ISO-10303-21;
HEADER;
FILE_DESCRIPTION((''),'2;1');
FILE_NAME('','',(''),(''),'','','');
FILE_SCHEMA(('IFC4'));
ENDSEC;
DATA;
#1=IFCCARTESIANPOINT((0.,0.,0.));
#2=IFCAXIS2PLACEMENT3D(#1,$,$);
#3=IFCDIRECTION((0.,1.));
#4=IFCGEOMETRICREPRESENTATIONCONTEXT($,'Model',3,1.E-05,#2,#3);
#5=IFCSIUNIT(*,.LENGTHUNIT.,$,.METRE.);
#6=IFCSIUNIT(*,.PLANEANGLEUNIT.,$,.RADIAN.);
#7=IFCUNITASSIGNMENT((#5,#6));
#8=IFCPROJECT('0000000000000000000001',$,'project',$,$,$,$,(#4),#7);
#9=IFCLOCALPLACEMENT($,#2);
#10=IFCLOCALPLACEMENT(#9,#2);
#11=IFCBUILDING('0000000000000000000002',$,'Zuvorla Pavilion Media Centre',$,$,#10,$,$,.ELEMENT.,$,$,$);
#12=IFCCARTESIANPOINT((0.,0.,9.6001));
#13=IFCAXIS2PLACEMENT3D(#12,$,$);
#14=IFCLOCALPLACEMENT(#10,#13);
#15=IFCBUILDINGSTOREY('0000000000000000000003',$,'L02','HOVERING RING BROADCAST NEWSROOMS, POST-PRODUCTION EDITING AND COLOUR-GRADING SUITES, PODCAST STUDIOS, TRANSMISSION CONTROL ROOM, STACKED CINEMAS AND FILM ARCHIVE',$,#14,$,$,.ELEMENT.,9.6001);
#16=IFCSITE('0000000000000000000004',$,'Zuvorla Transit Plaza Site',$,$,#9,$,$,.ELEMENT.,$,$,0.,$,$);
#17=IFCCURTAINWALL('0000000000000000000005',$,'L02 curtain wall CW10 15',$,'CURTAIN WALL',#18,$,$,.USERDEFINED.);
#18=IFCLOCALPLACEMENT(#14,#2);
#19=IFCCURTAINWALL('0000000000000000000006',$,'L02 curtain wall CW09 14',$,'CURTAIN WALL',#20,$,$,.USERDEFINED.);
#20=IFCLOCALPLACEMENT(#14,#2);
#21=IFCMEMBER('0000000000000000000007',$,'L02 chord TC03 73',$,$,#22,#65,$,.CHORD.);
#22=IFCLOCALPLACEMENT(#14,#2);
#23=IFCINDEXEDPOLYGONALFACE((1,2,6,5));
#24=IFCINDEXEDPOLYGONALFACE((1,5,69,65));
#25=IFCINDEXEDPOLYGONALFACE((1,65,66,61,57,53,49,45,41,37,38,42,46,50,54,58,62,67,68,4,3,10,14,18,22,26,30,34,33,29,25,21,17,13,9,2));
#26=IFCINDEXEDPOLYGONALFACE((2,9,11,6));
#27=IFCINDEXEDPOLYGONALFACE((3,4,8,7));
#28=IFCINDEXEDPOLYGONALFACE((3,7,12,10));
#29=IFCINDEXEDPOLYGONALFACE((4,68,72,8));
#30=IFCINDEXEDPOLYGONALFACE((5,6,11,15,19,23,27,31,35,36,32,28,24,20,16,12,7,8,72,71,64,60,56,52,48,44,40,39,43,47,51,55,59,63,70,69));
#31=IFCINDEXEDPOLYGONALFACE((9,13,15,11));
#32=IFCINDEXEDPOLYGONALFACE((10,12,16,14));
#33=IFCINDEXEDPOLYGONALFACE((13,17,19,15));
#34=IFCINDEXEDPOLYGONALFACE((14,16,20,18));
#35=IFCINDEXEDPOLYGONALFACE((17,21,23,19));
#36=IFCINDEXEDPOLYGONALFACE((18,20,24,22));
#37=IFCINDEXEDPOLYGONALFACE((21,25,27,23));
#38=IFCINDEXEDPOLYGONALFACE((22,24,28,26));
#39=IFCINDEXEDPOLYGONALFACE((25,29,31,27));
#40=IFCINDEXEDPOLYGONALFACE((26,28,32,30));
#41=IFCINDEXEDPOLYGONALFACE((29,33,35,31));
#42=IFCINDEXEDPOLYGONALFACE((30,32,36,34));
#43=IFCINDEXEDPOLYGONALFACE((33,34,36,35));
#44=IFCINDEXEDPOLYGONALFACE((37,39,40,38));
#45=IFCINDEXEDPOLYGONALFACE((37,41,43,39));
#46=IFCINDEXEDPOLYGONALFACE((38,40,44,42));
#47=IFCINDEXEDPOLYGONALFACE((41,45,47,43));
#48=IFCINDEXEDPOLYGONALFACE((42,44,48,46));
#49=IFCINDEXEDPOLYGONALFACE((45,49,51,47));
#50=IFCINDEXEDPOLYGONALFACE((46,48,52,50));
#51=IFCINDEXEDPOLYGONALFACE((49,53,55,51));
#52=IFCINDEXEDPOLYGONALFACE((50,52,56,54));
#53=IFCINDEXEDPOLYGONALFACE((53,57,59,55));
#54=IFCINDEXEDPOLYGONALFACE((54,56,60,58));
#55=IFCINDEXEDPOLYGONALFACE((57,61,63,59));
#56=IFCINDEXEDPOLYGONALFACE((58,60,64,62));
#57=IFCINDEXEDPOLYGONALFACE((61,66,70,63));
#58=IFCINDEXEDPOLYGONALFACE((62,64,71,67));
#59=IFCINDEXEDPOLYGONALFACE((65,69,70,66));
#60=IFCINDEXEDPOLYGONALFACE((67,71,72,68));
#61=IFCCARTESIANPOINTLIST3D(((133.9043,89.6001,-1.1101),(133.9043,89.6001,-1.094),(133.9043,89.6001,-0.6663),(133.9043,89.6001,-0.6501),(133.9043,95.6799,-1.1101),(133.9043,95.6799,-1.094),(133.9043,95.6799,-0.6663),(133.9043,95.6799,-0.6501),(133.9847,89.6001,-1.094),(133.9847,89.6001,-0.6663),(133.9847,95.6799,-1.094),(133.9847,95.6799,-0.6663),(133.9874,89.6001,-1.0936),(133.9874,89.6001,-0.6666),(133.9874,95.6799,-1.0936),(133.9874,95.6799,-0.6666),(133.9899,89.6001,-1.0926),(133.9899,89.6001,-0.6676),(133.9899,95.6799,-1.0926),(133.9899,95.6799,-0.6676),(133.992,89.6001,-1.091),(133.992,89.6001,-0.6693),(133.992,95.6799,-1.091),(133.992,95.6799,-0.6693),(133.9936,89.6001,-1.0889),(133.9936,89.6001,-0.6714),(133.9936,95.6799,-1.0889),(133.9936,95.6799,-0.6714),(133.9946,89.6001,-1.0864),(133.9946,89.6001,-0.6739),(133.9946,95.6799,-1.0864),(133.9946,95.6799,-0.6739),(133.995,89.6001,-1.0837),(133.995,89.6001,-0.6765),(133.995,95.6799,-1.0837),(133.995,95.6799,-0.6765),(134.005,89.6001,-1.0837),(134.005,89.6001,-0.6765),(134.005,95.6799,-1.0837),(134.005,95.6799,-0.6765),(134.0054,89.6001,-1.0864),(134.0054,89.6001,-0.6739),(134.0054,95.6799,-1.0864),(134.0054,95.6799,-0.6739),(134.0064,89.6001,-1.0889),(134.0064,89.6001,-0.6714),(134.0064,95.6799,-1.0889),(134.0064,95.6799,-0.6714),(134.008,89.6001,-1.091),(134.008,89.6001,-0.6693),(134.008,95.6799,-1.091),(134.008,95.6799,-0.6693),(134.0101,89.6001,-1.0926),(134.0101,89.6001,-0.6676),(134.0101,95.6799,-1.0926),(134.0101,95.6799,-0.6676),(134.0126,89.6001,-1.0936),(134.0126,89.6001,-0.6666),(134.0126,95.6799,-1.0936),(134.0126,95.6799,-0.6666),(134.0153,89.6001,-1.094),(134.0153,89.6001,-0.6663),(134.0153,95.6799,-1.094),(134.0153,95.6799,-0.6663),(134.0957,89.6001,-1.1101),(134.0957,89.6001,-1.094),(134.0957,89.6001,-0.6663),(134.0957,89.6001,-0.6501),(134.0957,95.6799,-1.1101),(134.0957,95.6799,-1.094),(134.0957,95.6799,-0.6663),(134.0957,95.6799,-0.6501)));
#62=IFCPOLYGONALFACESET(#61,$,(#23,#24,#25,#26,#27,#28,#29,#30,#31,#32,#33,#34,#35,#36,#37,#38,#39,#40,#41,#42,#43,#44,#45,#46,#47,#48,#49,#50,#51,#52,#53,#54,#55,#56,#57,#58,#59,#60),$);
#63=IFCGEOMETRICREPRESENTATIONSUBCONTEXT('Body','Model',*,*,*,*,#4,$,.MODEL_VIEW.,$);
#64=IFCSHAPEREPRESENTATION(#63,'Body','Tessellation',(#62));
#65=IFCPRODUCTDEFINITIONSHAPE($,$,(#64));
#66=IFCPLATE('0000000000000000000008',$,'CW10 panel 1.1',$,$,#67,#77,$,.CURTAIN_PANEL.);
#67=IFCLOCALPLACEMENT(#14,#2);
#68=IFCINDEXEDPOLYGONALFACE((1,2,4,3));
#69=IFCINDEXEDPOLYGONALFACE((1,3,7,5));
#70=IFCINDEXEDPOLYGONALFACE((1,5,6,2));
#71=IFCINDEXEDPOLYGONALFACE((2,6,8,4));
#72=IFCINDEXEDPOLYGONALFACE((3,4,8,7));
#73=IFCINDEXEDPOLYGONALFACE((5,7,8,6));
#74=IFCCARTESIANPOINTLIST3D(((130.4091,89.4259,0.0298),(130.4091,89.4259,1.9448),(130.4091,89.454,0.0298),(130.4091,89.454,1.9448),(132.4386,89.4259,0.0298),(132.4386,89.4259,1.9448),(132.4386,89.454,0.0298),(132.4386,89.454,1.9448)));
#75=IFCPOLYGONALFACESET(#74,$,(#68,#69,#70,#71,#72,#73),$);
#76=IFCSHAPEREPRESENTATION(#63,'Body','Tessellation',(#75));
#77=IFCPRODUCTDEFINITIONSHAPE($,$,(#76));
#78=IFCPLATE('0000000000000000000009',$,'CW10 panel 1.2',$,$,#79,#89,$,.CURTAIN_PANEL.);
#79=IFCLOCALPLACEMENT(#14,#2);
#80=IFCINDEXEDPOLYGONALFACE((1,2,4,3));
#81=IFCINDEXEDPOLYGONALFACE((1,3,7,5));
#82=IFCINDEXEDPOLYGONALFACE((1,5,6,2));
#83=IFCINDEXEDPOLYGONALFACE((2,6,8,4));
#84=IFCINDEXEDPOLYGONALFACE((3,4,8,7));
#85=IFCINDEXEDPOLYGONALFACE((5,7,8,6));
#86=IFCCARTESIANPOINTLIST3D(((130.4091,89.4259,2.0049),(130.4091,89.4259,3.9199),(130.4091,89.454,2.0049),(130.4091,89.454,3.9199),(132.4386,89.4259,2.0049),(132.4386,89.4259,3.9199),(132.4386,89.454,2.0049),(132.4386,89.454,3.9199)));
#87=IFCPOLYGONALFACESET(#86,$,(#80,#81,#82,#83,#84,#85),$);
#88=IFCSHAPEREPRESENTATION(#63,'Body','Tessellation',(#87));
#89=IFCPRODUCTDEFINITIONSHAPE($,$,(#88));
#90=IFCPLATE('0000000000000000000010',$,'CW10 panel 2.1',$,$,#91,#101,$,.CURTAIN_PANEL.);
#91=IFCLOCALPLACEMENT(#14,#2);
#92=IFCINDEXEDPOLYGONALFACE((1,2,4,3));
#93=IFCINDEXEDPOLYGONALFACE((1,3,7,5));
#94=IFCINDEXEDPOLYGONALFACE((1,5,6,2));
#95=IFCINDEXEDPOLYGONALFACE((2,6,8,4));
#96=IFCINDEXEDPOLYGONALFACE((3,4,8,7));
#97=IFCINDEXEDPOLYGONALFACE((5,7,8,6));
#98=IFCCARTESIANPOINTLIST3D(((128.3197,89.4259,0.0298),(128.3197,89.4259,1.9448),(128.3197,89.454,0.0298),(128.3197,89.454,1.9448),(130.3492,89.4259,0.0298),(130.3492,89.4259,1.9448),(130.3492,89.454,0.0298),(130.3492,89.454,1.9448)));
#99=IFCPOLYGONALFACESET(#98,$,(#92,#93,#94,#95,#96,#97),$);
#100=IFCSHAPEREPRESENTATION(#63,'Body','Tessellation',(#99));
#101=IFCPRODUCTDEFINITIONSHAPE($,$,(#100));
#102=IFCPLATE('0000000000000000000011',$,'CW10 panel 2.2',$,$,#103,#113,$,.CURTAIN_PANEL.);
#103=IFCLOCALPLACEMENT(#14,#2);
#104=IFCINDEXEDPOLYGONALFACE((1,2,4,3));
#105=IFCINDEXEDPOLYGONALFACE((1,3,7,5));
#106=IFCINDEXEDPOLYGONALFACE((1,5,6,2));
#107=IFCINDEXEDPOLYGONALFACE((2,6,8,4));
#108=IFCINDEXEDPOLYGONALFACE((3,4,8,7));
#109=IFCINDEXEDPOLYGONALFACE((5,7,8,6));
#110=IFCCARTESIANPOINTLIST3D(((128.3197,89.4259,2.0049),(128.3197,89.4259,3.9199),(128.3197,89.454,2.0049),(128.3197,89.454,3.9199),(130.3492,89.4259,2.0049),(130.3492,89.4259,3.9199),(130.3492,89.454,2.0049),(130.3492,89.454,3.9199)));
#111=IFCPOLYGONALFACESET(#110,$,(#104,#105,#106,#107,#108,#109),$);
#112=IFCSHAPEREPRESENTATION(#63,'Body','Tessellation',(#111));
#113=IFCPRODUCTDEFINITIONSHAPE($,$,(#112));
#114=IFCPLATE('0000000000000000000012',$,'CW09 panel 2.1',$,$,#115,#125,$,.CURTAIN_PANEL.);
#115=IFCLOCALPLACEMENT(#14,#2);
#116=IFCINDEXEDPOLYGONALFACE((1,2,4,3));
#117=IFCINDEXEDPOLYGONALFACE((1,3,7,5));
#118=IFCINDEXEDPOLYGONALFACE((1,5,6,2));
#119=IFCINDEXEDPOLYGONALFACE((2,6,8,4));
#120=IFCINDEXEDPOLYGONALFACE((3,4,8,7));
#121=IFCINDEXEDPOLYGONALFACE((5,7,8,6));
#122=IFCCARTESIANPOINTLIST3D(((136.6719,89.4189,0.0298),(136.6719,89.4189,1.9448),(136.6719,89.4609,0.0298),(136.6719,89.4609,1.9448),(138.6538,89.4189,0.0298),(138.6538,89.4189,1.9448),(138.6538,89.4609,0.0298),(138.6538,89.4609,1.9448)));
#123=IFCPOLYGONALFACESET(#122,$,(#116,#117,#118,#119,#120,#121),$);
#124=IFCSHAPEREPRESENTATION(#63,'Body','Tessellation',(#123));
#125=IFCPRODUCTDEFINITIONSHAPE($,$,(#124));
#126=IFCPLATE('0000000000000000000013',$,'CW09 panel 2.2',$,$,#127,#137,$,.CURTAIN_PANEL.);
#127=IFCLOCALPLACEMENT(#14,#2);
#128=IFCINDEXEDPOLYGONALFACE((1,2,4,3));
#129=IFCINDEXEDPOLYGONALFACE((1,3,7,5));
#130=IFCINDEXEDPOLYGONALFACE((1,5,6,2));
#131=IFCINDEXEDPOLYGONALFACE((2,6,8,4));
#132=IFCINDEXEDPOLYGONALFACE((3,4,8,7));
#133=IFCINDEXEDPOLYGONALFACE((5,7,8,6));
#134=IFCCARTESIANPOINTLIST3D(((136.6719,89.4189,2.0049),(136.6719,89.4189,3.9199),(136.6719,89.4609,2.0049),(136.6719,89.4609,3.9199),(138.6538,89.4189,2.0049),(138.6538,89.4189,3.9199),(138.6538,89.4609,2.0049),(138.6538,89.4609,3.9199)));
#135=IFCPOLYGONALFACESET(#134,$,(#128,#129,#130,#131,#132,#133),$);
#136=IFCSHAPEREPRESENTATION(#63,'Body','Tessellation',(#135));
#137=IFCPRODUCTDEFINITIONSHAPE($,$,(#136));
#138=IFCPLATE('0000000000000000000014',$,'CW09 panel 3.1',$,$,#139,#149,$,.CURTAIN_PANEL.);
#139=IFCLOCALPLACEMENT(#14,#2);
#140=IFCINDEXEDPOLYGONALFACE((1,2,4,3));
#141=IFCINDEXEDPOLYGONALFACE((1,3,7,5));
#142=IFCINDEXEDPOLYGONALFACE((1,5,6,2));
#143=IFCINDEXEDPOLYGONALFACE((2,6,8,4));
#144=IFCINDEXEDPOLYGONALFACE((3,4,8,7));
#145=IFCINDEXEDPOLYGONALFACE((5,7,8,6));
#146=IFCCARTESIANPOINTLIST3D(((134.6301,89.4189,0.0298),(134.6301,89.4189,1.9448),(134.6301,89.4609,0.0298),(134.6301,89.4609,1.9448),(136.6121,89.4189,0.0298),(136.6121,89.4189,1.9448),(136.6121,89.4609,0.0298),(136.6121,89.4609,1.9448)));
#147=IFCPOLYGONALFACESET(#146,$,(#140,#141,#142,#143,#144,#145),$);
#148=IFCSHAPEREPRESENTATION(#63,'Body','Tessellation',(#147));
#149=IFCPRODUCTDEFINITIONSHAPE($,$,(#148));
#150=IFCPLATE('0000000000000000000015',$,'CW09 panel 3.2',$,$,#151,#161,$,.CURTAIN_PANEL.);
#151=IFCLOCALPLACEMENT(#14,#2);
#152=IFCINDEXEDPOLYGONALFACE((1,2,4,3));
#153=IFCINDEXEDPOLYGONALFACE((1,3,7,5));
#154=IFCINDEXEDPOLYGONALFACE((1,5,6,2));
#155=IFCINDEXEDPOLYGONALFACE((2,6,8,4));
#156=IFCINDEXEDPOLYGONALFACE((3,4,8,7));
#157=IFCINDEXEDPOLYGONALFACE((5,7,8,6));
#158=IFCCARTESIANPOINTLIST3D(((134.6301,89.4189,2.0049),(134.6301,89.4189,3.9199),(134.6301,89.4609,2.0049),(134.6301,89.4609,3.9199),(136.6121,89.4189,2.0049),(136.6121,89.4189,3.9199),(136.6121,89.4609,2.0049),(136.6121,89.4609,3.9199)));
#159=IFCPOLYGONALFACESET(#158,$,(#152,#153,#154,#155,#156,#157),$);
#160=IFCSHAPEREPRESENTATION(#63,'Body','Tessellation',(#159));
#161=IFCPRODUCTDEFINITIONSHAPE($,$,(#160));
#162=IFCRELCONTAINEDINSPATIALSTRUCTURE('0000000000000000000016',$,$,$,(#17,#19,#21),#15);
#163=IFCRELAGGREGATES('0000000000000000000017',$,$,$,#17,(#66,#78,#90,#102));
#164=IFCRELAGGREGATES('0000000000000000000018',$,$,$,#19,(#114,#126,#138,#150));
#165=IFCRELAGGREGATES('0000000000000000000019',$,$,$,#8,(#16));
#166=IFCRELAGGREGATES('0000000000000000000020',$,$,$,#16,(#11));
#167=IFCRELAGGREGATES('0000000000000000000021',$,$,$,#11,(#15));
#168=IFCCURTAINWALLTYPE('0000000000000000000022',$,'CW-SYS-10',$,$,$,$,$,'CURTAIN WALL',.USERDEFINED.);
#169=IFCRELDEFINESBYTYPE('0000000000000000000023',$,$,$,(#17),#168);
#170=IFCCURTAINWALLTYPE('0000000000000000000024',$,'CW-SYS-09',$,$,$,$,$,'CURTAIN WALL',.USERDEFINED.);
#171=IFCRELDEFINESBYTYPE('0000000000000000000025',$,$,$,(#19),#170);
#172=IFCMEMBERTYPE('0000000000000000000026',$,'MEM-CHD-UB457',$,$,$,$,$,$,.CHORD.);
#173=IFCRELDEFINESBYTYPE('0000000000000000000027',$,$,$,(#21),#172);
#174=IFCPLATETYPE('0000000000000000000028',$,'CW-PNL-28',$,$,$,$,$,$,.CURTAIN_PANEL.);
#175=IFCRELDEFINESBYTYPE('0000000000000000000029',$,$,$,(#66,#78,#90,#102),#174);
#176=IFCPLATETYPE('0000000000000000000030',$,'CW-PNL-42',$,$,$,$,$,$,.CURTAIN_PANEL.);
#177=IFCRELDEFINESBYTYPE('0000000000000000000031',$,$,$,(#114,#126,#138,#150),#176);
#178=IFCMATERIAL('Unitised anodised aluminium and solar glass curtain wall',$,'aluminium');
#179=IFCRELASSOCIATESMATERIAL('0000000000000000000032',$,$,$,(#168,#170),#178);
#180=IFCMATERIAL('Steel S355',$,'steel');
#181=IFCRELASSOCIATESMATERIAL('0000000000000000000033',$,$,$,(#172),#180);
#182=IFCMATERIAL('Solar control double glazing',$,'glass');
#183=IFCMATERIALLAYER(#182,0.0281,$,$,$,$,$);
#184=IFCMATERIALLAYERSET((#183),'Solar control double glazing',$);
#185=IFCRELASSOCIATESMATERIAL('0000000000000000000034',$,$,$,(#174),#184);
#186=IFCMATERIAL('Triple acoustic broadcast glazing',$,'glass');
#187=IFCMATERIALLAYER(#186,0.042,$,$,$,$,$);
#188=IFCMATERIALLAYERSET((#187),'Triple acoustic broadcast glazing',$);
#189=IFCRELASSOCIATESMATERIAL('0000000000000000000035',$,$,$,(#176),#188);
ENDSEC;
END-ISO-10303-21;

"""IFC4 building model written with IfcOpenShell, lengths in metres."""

from ifc_helpers import new_model, si_unit, direction, frame, origin, origin_2d, place, context, subcontext, project, spatial, rectangle, i_section, extrude, material, layer, layer_set, material_profile, profile_set, type_object, element, aggregate, save


model = new_model("IFC4")

# Units and contexts
model_context = context("Model", 3, precision=1e-05, world=origin(), true_north=direction((0.0, 1.0)))
body_context = subcontext(model_context, "Body", "Model", "MODEL_VIEW")
ifc_project = project(units=[si_unit("LENGTHUNIT", "METRE"), si_unit("PLANEANGLEUNIT", "RADIAN")], contexts=[model_context])

# Site, building, storey
site_placement = place(None, origin())
site = spatial("IfcSite", under=ifc_project, at=site_placement, Name="Zuvorla Transit Plaza Site", CompositionType="ELEMENT", RefElevation=0.0)
building_placement = place(site_placement, origin())
building = spatial("IfcBuilding", under=site, at=building_placement, Name="Zuvorla Pavilion Media Centre", CompositionType="ELEMENT")
storey_placement = place(building_placement, frame((0.0, 0.0, 9.6001)))
storey = spatial("IfcBuildingStorey", under=building, at=storey_placement, Name="L02", Description="HOVERING RING BROADCAST NEWSROOMS, POST-PRODUCTION EDITING AND COLOUR-GRADING SUITES, PODCAST STUDIOS, TRANSMISSION CONTROL ROOM, STACKED CINEMAS AND FILM ARCHIVE", CompositionType="ELEMENT", Elevation=9.6001)

# Shared definitions
ifc_material_1 = material(Name="Steel S355", Category="steel")

# Curtain walls
ifc_material_2 = material(Name="Unitised anodised aluminium and solar glass curtain wall", Category="aluminium")
curtain_wall_type_1 = type_object("IfcCurtainWallType", Name="CW-SYS-10", ElementType="CURTAIN WALL", PredefinedType="USERDEFINED", material=ifc_material_2)
curtain_wall_1_placement = place(storey_placement, origin())
curtain_wall_1 = element("IfcCurtainWall", 1, at=curtain_wall_1_placement, inside=storey, type_object=curtain_wall_type_1, Name="L02 curtain wall CW10 15", ObjectType="CURTAIN WALL", PredefinedType="USERDEFINED")
curtain_wall_type_2 = type_object("IfcCurtainWallType", Name="CW-SYS-09", ElementType="CURTAIN WALL", PredefinedType="USERDEFINED", material=ifc_material_2)
curtain_wall_2_placement = place(storey_placement, origin())
curtain_wall_2 = element("IfcCurtainWall", 2, at=curtain_wall_2_placement, inside=storey, type_object=curtain_wall_type_2, Name="L02 curtain wall CW09 14", ObjectType="CURTAIN WALL", PredefinedType="USERDEFINED")

# Member
ifc_material_profile_1 = material_profile(ifc_material_1, i_section(OverallWidth=0.1914, OverallDepth=0.46, WebThickness=0.01, FlangeThickness=0.0161, FilletRadius=0.0103, at=origin_2d()), Name="UB 457x191x82")
ifc_profile_set_1 = profile_set([ifc_material_profile_1], Name="Steel S355")
member_type_1 = type_object("IfcMemberType", Name="MEM-CHD-UB457", PredefinedType="CHORD", material=ifc_profile_set_1)
member_1_placement = place(storey_placement, frame((134.0, 89.6001, -0.8801), z_axis=(0.0, 1.0, 0.0), x_axis=(-1.0, 0.0, 0.0)))
element("IfcMember", 3, at=member_1_placement, inside=storey, type_object=member_type_1, Name="L02 chord TC03 73", PredefinedType="CHORD", context=body_context, shape_type="SweptSolid", body=[
    extrude(i_section(OverallWidth=0.1914, OverallDepth=0.46, WebThickness=0.01, FlangeThickness=0.0161, FilletRadius=0.0103, at=origin_2d()), origin(), (0.0, 0.0, 1.0), 6.0798),
])

# Plates
ifc_material_3 = material(Name="Solar control double glazing", Category="glass")
ifc_layer_1 = layer(ifc_material_3, 0.0281)
ifc_layer_set_1 = layer_set([ifc_layer_1], Name="Solar control double glazing")
plate_type_1 = type_object("IfcPlateType", Name="CW-PNL-28", PredefinedType="CURTAIN_PANEL", material=ifc_layer_set_1)
plate_1_placement = place(storey_placement, frame((131.4238, 89.4399, 0.0298), z_axis=(0.0, 0.0, 1.0), x_axis=(-1.0, 0.0, 0.0)))
plate_1 = element("IfcPlate", 4, at=plate_1_placement, type_object=plate_type_1, Name="CW10 panel 1.1", PredefinedType="CURTAIN_PANEL", context=body_context, shape_type="SweptSolid", body=[
    extrude(rectangle(XDim=2.0295, YDim=0.0281, at=origin_2d()), origin(), (0.0, 0.0, 1.0), 1.915),
])
plate_2_placement = place(storey_placement, frame((131.4238, 89.4399, 2.0049), z_axis=(0.0, 0.0, 1.0), x_axis=(-1.0, 0.0, 0.0)))
plate_2 = element("IfcPlate", 5, at=plate_2_placement, type_object=plate_type_1, Name="CW10 panel 1.2", PredefinedType="CURTAIN_PANEL", context=body_context, shape_type="SweptSolid", body=[
    extrude(rectangle(XDim=2.0295, YDim=0.0281, at=origin_2d()), origin(), (0.0, 0.0, 1.0), 1.915),
])
plate_3_placement = place(storey_placement, frame((129.3345, 89.4399, 0.0298), z_axis=(0.0, 0.0, 1.0), x_axis=(-1.0, 0.0, 0.0)))
plate_3 = element("IfcPlate", 6, at=plate_3_placement, type_object=plate_type_1, Name="CW10 panel 2.1", PredefinedType="CURTAIN_PANEL", context=body_context, shape_type="SweptSolid", body=[
    extrude(rectangle(XDim=2.0295, YDim=0.0281, at=origin_2d()), origin(), (0.0, 0.0, 1.0), 1.915),
])
plate_4_placement = place(storey_placement, frame((129.3345, 89.4399, 2.0049), z_axis=(0.0, 0.0, 1.0), x_axis=(-1.0, 0.0, 0.0)))
plate_4 = element("IfcPlate", 7, at=plate_4_placement, type_object=plate_type_1, Name="CW10 panel 2.2", PredefinedType="CURTAIN_PANEL", context=body_context, shape_type="SweptSolid", body=[
    extrude(rectangle(XDim=2.0295, YDim=0.0281, at=origin_2d()), origin(), (0.0, 0.0, 1.0), 1.915),
])
aggregate(curtain_wall_1, [plate_1, plate_2, plate_3, plate_4])
ifc_material_4 = material(Name="Triple acoustic broadcast glazing", Category="glass")
ifc_layer_2 = layer(ifc_material_4, 0.042)
ifc_layer_set_2 = layer_set([ifc_layer_2], Name="Triple acoustic broadcast glazing")
plate_type_2 = type_object("IfcPlateType", Name="CW-PNL-42", PredefinedType="CURTAIN_PANEL", material=ifc_layer_set_2)
plate_5_placement = place(storey_placement, frame((137.6628, 89.4399, 0.0298), z_axis=(0.0, 0.0, 1.0), x_axis=(-1.0, 0.0, 0.0)))
plate_5 = element("IfcPlate", 8, at=plate_5_placement, type_object=plate_type_2, Name="CW09 panel 2.1", PredefinedType="CURTAIN_PANEL", context=body_context, shape_type="SweptSolid", body=[
    extrude(rectangle(XDim=1.9819, YDim=0.042, at=origin_2d()), origin(), (0.0, 0.0, 1.0), 1.915),
])
plate_6_placement = place(storey_placement, frame((137.6628, 89.4399, 2.0049), z_axis=(0.0, 0.0, 1.0), x_axis=(-1.0, 0.0, 0.0)))
plate_6 = element("IfcPlate", 9, at=plate_6_placement, type_object=plate_type_2, Name="CW09 panel 2.2", PredefinedType="CURTAIN_PANEL", context=body_context, shape_type="SweptSolid", body=[
    extrude(rectangle(XDim=1.9819, YDim=0.042, at=origin_2d()), origin(), (0.0, 0.0, 1.0), 1.915),
])
plate_7_placement = place(storey_placement, frame((135.6211, 89.4399, 0.0298), z_axis=(0.0, 0.0, 1.0), x_axis=(-1.0, 0.0, 0.0)))
plate_7 = element("IfcPlate", 10, at=plate_7_placement, type_object=plate_type_2, Name="CW09 panel 3.1", PredefinedType="CURTAIN_PANEL", context=body_context, shape_type="SweptSolid", body=[
    extrude(rectangle(XDim=1.9819, YDim=0.042, at=origin_2d()), origin(), (0.0, 0.0, 1.0), 1.915),
])
plate_8_placement = place(storey_placement, frame((135.6211, 89.4399, 2.0049), z_axis=(0.0, 0.0, 1.0), x_axis=(-1.0, 0.0, 0.0)))
plate_8 = element("IfcPlate", 11, at=plate_8_placement, type_object=plate_type_2, Name="CW09 panel 3.2", PredefinedType="CURTAIN_PANEL", context=body_context, shape_type="SweptSolid", body=[
    extrude(rectangle(XDim=1.9819, YDim=0.042, at=origin_2d()), origin(), (0.0, 0.0, 1.0), 1.915),
])
aggregate(curtain_wall_2, [plate_5, plate_6, plate_7, plate_8])

save(model, "model.ifc")
